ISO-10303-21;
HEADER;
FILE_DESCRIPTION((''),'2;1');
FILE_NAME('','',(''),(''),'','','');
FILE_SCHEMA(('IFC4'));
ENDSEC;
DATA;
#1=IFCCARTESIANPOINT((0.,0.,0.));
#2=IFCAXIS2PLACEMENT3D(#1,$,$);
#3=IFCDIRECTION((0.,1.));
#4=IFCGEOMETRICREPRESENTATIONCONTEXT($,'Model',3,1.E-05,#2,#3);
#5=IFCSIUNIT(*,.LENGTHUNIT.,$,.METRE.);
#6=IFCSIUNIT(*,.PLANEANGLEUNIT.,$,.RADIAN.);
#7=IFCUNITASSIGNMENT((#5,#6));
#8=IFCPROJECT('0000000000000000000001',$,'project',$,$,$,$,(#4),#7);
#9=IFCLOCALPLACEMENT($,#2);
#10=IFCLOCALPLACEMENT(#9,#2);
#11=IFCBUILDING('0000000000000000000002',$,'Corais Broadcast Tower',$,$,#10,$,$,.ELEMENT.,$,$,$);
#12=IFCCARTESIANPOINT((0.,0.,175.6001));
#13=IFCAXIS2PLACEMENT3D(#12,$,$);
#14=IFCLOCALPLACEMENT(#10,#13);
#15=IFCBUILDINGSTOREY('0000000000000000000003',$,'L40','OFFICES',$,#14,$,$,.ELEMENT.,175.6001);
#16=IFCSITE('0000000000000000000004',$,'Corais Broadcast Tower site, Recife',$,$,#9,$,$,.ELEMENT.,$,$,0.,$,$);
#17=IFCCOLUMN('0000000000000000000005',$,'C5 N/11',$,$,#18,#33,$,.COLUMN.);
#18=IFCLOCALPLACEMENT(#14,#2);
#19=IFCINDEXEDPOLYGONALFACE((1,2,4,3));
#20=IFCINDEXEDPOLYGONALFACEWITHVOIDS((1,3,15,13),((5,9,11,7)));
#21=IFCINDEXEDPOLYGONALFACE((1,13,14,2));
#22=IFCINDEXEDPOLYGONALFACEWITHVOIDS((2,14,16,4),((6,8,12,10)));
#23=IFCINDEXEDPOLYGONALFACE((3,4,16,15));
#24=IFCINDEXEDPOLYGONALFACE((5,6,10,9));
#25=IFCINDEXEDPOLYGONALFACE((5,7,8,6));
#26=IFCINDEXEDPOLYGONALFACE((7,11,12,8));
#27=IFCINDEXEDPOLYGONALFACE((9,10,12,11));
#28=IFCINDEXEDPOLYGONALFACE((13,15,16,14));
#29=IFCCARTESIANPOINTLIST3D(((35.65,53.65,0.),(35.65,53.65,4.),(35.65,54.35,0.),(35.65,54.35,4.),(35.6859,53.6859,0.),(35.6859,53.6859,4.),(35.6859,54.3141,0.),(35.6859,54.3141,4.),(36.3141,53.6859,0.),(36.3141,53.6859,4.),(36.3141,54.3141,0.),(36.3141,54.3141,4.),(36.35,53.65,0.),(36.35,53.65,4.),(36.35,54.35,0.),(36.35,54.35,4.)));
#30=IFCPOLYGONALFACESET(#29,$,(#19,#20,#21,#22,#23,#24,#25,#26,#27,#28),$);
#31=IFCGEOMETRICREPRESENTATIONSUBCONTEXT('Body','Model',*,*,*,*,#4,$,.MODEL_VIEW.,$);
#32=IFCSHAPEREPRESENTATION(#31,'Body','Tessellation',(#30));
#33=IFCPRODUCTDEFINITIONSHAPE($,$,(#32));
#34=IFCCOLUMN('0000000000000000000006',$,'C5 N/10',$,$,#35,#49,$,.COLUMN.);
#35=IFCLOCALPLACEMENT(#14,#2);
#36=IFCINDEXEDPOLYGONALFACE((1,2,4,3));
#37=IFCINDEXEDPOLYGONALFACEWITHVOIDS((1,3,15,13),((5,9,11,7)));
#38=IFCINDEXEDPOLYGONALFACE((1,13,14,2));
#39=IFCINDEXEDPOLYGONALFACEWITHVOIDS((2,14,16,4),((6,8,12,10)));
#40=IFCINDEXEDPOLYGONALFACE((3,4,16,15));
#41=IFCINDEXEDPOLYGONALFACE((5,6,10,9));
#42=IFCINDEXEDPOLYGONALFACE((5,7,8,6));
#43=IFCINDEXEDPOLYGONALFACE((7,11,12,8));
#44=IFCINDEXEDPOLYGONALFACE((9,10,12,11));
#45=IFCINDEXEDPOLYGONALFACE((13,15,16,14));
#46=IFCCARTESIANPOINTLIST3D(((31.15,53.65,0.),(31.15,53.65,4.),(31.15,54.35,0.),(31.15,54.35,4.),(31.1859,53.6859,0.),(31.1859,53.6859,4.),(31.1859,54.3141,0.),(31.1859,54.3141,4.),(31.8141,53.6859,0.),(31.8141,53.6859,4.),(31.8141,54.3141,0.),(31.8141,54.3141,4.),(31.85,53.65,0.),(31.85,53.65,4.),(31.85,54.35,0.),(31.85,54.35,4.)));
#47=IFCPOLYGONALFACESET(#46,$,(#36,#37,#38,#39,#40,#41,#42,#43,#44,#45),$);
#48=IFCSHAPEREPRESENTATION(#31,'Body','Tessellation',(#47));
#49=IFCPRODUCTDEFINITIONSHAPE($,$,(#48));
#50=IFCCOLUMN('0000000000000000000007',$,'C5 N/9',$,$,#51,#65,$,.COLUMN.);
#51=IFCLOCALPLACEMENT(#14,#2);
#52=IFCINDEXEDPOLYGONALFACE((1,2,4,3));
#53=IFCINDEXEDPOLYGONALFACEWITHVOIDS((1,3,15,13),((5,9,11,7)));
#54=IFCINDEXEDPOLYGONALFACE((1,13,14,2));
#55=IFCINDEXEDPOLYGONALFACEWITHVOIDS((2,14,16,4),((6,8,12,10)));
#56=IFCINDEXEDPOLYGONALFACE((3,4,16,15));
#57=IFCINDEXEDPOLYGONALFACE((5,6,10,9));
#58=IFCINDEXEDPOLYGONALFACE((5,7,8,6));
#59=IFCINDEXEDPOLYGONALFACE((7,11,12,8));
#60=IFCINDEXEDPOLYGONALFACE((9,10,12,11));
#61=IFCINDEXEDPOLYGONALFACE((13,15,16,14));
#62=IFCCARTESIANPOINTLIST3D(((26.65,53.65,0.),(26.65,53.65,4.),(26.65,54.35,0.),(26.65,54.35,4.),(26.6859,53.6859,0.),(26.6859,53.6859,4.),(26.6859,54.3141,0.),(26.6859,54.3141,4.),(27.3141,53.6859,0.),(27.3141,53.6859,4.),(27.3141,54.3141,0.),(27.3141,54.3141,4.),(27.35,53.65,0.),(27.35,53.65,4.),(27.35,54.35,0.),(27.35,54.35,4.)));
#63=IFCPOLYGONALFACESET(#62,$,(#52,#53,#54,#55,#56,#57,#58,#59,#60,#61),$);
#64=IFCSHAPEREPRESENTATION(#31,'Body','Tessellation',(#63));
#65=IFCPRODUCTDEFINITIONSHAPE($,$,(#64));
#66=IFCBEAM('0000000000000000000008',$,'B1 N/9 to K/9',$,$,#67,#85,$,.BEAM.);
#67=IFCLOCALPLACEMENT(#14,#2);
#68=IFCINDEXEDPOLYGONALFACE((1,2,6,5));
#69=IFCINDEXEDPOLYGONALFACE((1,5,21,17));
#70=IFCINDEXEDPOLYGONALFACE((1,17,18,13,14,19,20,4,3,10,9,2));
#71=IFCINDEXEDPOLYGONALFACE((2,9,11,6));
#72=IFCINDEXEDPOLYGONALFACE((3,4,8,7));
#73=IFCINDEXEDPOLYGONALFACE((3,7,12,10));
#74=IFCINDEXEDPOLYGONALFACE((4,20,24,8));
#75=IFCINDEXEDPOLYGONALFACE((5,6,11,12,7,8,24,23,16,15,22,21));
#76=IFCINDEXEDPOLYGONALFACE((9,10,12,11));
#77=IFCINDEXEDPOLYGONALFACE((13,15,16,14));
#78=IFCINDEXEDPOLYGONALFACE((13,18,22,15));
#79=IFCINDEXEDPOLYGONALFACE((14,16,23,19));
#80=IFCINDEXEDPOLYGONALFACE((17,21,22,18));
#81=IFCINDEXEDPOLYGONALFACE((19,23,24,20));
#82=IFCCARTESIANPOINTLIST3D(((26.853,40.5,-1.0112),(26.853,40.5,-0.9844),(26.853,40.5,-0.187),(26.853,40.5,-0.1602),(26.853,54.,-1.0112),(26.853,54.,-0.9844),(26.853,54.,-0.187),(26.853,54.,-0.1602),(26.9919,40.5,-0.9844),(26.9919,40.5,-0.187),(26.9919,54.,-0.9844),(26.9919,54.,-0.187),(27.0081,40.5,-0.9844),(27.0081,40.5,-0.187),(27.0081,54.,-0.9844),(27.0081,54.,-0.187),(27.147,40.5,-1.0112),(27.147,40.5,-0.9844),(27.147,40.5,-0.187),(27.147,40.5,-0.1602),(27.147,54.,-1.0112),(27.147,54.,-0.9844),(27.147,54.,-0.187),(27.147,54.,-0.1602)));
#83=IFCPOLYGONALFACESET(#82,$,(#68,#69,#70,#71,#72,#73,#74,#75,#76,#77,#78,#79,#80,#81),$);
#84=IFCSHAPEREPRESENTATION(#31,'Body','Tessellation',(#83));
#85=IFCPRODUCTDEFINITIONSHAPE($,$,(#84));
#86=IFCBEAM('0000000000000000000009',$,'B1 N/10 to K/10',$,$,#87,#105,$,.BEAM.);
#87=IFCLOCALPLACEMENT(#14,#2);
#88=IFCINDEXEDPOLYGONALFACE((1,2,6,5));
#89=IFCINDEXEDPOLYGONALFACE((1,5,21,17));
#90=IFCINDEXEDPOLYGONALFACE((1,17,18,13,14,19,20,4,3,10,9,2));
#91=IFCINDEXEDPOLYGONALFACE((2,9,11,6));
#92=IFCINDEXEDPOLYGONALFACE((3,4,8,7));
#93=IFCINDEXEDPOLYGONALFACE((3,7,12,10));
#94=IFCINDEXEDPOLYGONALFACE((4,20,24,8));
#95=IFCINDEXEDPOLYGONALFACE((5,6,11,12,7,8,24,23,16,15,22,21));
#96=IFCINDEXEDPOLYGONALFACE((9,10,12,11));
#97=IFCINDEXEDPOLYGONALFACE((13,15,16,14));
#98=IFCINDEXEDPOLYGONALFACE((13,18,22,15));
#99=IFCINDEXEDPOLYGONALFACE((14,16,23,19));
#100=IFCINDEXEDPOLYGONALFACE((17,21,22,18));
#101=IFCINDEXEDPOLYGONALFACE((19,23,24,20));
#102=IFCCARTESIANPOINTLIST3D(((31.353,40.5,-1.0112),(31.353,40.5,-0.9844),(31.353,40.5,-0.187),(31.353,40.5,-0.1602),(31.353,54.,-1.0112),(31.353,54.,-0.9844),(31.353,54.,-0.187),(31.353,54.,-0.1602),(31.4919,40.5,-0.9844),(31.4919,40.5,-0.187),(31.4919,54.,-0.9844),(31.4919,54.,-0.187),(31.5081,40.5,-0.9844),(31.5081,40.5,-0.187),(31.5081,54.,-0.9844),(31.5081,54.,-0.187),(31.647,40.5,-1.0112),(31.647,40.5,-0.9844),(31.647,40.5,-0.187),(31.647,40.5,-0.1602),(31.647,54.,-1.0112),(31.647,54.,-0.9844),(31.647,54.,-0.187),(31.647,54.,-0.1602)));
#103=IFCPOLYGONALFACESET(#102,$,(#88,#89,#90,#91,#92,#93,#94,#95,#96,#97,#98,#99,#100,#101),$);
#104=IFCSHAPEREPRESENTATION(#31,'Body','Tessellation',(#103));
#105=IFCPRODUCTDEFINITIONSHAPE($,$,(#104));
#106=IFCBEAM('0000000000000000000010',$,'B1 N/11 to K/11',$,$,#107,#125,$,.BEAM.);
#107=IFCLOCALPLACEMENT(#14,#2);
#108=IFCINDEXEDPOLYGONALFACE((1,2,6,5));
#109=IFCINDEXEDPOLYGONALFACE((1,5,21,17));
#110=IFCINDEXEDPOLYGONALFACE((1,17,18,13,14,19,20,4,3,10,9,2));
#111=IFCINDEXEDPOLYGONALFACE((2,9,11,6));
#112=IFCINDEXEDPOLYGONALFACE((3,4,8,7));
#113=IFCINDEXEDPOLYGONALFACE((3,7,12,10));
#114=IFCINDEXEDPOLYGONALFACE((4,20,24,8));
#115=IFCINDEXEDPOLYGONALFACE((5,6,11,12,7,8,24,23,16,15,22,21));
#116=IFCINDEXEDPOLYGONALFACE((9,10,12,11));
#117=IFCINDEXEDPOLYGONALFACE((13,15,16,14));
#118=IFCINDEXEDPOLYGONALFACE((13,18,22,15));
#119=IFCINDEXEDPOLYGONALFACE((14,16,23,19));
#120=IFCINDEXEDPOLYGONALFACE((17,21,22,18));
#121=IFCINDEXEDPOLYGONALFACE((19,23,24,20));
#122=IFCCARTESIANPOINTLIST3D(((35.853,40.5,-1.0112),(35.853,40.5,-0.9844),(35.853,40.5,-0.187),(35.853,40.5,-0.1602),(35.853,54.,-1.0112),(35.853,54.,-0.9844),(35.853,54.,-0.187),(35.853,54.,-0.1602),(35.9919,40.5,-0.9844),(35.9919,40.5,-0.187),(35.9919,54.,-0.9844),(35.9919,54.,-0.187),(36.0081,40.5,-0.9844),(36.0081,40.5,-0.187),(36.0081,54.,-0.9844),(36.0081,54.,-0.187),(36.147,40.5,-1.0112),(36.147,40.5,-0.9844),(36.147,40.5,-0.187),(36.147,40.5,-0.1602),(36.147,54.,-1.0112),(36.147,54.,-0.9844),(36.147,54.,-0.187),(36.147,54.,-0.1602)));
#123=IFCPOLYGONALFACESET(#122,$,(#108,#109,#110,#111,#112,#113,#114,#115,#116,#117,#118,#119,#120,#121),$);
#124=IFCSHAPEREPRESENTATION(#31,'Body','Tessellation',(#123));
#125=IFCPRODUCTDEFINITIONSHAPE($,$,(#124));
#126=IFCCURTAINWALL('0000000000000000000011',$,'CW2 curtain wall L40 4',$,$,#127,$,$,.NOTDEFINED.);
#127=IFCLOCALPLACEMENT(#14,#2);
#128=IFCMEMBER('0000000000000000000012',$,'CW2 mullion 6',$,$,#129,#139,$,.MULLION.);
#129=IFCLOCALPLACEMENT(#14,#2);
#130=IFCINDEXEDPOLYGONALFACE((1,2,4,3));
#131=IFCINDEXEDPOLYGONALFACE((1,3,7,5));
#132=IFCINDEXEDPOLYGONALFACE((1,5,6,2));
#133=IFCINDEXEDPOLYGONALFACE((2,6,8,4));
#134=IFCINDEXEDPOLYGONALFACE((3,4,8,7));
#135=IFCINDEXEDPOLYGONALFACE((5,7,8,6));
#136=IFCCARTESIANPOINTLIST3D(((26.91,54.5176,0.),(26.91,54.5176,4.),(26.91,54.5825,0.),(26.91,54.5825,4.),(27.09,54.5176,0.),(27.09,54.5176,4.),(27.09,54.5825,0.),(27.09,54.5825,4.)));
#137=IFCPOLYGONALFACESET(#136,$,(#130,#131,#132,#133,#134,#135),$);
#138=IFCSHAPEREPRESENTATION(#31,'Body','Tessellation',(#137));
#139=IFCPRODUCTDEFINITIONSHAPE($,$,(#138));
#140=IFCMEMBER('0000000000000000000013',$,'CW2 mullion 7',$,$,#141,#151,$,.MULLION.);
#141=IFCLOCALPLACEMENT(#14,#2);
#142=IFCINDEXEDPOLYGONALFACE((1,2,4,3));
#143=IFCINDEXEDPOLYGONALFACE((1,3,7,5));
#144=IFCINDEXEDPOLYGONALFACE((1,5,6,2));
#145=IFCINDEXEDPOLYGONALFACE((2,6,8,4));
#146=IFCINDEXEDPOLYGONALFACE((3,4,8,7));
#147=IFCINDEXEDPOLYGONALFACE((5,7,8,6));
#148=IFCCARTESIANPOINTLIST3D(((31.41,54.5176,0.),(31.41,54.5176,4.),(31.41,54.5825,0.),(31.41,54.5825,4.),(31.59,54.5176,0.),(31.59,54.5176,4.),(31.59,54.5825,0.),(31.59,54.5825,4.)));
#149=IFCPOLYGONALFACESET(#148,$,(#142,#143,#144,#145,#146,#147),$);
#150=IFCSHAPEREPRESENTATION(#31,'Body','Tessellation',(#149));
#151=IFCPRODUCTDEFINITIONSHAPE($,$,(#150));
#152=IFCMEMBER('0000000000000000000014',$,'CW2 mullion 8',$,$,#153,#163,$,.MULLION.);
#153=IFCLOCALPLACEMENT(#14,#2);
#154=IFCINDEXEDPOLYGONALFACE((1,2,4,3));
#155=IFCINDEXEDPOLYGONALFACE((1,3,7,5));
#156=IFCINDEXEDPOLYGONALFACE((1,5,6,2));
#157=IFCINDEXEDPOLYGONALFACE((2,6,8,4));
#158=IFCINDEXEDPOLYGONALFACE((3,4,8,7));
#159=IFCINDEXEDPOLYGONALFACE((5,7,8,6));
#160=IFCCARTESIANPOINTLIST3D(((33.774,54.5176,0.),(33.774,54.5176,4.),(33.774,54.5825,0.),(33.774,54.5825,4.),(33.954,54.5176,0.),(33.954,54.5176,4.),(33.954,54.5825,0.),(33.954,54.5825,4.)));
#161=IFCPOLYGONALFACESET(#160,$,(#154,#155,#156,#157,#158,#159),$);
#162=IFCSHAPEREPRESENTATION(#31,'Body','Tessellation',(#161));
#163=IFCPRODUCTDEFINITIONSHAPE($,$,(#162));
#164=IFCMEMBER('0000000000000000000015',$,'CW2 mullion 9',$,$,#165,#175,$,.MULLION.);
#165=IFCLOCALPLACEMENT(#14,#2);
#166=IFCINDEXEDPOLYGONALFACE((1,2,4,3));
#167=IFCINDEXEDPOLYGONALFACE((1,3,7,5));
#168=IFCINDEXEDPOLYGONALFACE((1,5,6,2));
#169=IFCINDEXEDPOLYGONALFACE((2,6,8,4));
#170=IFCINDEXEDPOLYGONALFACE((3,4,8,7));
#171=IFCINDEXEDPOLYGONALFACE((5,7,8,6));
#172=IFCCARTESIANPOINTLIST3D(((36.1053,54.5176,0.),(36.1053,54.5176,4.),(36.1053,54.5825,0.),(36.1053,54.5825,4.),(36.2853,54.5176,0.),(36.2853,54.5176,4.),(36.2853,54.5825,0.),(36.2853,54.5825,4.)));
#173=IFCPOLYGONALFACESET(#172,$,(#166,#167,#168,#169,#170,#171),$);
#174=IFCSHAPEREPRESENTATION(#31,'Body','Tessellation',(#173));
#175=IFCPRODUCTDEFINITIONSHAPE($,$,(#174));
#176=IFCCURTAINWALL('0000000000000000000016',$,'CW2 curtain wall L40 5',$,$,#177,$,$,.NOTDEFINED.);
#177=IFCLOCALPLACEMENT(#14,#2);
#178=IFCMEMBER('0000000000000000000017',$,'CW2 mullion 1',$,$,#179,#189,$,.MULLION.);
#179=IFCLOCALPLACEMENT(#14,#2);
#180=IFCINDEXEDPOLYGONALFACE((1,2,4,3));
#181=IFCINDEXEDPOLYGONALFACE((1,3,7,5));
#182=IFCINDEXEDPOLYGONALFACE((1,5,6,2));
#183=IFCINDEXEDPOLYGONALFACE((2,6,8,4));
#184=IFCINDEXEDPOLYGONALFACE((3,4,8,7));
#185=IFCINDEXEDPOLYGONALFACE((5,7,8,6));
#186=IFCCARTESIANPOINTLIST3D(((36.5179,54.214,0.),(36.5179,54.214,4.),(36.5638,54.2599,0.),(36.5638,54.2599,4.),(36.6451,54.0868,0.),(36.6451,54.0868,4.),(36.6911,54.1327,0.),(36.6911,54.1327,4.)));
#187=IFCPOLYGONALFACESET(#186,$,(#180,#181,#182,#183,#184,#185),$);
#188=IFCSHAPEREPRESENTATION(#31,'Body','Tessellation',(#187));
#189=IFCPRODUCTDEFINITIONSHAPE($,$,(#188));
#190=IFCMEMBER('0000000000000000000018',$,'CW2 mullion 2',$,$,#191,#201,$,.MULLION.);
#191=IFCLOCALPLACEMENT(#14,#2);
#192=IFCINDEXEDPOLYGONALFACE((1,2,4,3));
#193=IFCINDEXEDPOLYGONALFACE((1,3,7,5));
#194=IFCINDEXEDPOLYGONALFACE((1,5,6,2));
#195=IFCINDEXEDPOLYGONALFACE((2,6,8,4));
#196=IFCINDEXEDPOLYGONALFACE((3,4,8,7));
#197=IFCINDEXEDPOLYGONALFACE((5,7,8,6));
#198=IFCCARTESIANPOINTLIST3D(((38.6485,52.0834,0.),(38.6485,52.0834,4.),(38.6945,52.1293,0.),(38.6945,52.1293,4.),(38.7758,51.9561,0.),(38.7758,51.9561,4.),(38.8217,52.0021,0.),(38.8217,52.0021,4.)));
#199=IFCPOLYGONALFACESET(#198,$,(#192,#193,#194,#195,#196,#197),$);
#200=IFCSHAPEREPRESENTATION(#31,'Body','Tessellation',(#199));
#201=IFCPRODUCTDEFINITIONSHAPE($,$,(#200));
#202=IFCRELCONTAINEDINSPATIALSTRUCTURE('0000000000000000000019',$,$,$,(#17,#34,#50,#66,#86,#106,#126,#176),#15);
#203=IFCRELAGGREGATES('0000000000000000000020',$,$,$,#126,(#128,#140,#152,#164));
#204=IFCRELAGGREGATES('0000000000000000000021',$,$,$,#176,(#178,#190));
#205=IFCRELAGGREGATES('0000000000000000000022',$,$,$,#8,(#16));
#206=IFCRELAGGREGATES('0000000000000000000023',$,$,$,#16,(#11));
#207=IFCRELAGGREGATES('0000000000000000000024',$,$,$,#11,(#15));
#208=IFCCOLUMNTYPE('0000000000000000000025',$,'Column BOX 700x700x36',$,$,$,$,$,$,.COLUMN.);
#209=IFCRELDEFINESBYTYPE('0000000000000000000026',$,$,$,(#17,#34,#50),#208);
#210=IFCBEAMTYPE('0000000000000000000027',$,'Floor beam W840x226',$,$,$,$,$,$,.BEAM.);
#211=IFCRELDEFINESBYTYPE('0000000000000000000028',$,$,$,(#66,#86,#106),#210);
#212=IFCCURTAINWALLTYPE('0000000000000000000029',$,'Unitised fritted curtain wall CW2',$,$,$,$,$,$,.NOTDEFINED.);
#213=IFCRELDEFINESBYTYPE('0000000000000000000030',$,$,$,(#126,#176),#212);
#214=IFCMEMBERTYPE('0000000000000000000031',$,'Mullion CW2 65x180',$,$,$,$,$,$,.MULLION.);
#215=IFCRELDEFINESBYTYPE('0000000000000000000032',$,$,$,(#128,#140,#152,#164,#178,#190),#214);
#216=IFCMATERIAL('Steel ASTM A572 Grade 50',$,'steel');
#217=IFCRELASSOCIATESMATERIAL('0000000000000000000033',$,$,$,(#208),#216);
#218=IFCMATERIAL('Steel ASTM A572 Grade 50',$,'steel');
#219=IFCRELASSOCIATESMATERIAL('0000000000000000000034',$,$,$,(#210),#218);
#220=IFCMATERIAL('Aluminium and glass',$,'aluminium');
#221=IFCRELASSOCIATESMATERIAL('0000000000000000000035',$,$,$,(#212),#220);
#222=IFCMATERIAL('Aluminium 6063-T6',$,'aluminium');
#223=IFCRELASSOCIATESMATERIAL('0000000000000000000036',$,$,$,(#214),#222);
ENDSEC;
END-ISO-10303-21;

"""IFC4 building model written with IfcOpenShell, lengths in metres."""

from ifc_helpers import new_model, si_unit, direction, frame, origin, origin_2d, place, context, subcontext, project, spatial, rectangle, hollow_rectangle, i_section, extrude, material, material_profile, profile_set, type_object, element, aggregate, save


model = new_model("IFC4")

# Units and contexts
model_context = context("Model", 3, precision=1e-05, world=origin(), true_north=direction((0.0, 1.0)))
body_context = subcontext(model_context, "Body", "Model", "MODEL_VIEW")
ifc_project = project(units=[si_unit("LENGTHUNIT", "METRE"), si_unit("PLANEANGLEUNIT", "RADIAN")], contexts=[model_context])

# Site, building, storey
site_placement = place(None, origin())
site = spatial("IfcSite", under=ifc_project, at=site_placement, Name="Corais Broadcast Tower site, Recife", CompositionType="ELEMENT", RefElevation=0.0)
building_placement = place(site_placement, origin())
building = spatial("IfcBuilding", under=site, at=building_placement, Name="Corais Broadcast Tower", CompositionType="ELEMENT")
storey_placement = place(building_placement, frame((0.0, 0.0, 175.6001)))
storey = spatial("IfcBuildingStorey", under=building, at=storey_placement, Name="L40", Description="OFFICES", CompositionType="ELEMENT", Elevation=175.6001)

# Columns
ifc_material_1 = material(Name="Steel ASTM A572 Grade 50", Category="steel")
ifc_material_profile_1 = material_profile(ifc_material_1, hollow_rectangle(XDim=0.7, YDim=0.7, WallThickness=0.0359, at=origin_2d()), Name="BOX 700x700x36")
ifc_profile_set_1 = profile_set([ifc_material_profile_1], Name="Steel ASTM A572 Grade 50")
column_type = type_object("IfcColumnType", Name="Column BOX 700x700x36", PredefinedType="COLUMN", material=ifc_profile_set_1)
for number, where, z_axis, x_axis, name in (
    (1, (36.0, 54.0, 0.0), (0.0, 0.0, 1.0), (1.0, 0.0, 0.0), "C5 N/11"),
    (2, (31.5, 54.0, 0.0), (0.0, 0.0, 1.0), (1.0, 0.0, 0.0), "C5 N/10"),
    (3, (27.0, 54.0, 0.0), (0.0, 0.0, 1.0), (1.0, 0.0, 0.0), "C5 N/9"),
):
    element("IfcColumn", number, at=place(storey_placement, frame(where, z_axis=z_axis, x_axis=x_axis)), inside=storey, type_object=column_type, Name=name, PredefinedType="COLUMN", context=body_context, shape_type="SweptSolid", body=[
        extrude(hollow_rectangle(XDim=0.7, YDim=0.7, WallThickness=0.0359, at=origin_2d()), origin(), (0.0, 0.0, 1.0), 4.0),
    ])

# Beams
ifc_material_2 = material(Name="Steel ASTM A572 Grade 50", Category="steel")
ifc_material_profile_2 = material_profile(ifc_material_2, i_section(OverallWidth=0.2939, OverallDepth=0.8511, WebThickness=0.0161, FlangeThickness=0.0269, at=origin_2d()), Name="W840x226")
ifc_profile_set_2 = profile_set([ifc_material_profile_2], Name="Steel ASTM A572 Grade 50")
beam_type_1 = type_object("IfcBeamType", Name="Floor beam W840x226", PredefinedType="BEAM", material=ifc_profile_set_2)
for number, where, z_axis, x_axis, name in (
    (4, (27.0, 54.0, -0.5857), (0.0, -1.0, 0.0), (1.0, 0.0, 0.0), "B1 N/9 to K/9"),
    (5, (31.5, 54.0, -0.5857), (0.0, -1.0, 0.0), (1.0, 0.0, 0.0), "B1 N/10 to K/10"),
    (6, (36.0, 54.0, -0.5857), (0.0, -1.0, 0.0), (1.0, 0.0, 0.0), "B1 N/11 to K/11"),
):
    element("IfcBeam", number, at=place(storey_placement, frame(where, z_axis=z_axis, x_axis=x_axis)), inside=storey, type_object=beam_type_1, Name=name, PredefinedType="BEAM", context=body_context, shape_type="SweptSolid", body=[
        extrude(i_section(OverallWidth=0.2939, OverallDepth=0.8511, WebThickness=0.0161, FlangeThickness=0.0269, at=origin_2d()), origin(), (0.0, 0.0, 1.0), 13.5),
    ])

# Curtain walls, members
ifc_material_3 = material(Name="Aluminium and glass", Category="aluminium")
curtain_wall_type = type_object("IfcCurtainWallType", Name="Unitised fritted curtain wall CW2", PredefinedType="NOTDEFINED", material=ifc_material_3)
curtain_wall_1_placement = place(storey_placement, origin())
curtain_wall_1 = element("IfcCurtainWall", 7, at=curtain_wall_1_placement, inside=storey, type_object=curtain_wall_type, Name="CW2 curtain wall L40 4", PredefinedType="NOTDEFINED")
ifc_material_4 = material(Name="Aluminium 6063-T6", Category="aluminium")
ifc_material_profile_3 = material_profile(ifc_material_4, rectangle(XDim=0.0649, YDim=0.1799, at=origin_2d()), Name="Mullion CW2 65x180")
ifc_profile_set_3 = profile_set([ifc_material_profile_3], Name="Aluminium 6063-T6")
member_type_1 = type_object("IfcMemberType", Name="Mullion CW2 65x180", PredefinedType="MULLION", material=ifc_profile_set_3)
member_1_placement = place(storey_placement, frame((27.0, 54.55, 0.0), z_axis=(0.0, 0.0, 1.0), x_axis=(0.0, 1.0, 0.0)))
member_1 = element("IfcMember", 8, at=member_1_placement, type_object=member_type_1, Name="CW2 mullion 6", PredefinedType="MULLION", context=body_context, shape_type="SweptSolid", body=[
    extrude(rectangle(XDim=0.0649, YDim=0.1799, at=origin_2d()), origin(), (0.0, 0.0, 1.0), 4.0),
])
member_2_placement = place(storey_placement, frame((31.5, 54.55, 0.0), z_axis=(0.0, 0.0, 1.0), x_axis=(0.0, 1.0, 0.0)))
member_2 = element("IfcMember", 9, at=member_2_placement, type_object=member_type_1, Name="CW2 mullion 7", PredefinedType="MULLION", context=body_context, shape_type="SweptSolid", body=[
    extrude(rectangle(XDim=0.0649, YDim=0.1799, at=origin_2d()), origin(), (0.0, 0.0, 1.0), 4.0),
])
member_3_placement = place(storey_placement, frame((33.864, 54.55, 0.0), z_axis=(0.0, 0.0, 1.0), x_axis=(0.0, 1.0, 0.0)))
member_3 = element("IfcMember", 10, at=member_3_placement, type_object=member_type_1, Name="CW2 mullion 8", PredefinedType="MULLION", context=body_context, shape_type="SweptSolid", body=[
    extrude(rectangle(XDim=0.0649, YDim=0.1799, at=origin_2d()), origin(), (0.0, 0.0, 1.0), 4.0),
])
member_4_placement = place(storey_placement, frame((36.1953, 54.55, 0.0), z_axis=(0.0, 0.0, 1.0), x_axis=(0.0, 1.0, 0.0)))
member_4 = element("IfcMember", 11, at=member_4_placement, type_object=member_type_1, Name="CW2 mullion 9", PredefinedType="MULLION", context=body_context, shape_type="SweptSolid", body=[
    extrude(rectangle(XDim=0.0649, YDim=0.1799, at=origin_2d()), origin(), (0.0, 0.0, 1.0), 4.0),
])
curtain_wall_2_placement = place(storey_placement, origin())
curtain_wall_2 = element("IfcCurtainWall", 12, at=curtain_wall_2_placement, inside=storey, type_object=curtain_wall_type, Name="CW2 curtain wall L40 5", PredefinedType="NOTDEFINED")
member_5_placement = place(storey_placement, frame((36.6045, 54.1733, 0.0), z_axis=(0.0, 0.0, 1.0), x_axis=(0.707107, 0.707107, 0.0)))
member_5 = element("IfcMember", 13, at=member_5_placement, type_object=member_type_1, Name="CW2 mullion 1", PredefinedType="MULLION", context=body_context, shape_type="SweptSolid", body=[
    extrude(rectangle(XDim=0.0649, YDim=0.1799, at=origin_2d()), origin(), (0.0, 0.0, 1.0), 4.0),
])
member_6_placement = place(storey_placement, frame((38.7351, 52.0427, 0.0), z_axis=(0.0, 0.0, 1.0), x_axis=(0.707107, 0.707107, 0.0)))
member_6 = element("IfcMember", 14, at=member_6_placement, type_object=member_type_1, Name="CW2 mullion 2", PredefinedType="MULLION", context=body_context, shape_type="SweptSolid", body=[
    extrude(rectangle(XDim=0.0649, YDim=0.1799, at=origin_2d()), origin(), (0.0, 0.0, 1.0), 4.0),
])

aggregate(curtain_wall_1, [member_1, member_2, member_3, member_4])
aggregate(curtain_wall_2, [member_5, member_6])

save(model, "model.ifc")
